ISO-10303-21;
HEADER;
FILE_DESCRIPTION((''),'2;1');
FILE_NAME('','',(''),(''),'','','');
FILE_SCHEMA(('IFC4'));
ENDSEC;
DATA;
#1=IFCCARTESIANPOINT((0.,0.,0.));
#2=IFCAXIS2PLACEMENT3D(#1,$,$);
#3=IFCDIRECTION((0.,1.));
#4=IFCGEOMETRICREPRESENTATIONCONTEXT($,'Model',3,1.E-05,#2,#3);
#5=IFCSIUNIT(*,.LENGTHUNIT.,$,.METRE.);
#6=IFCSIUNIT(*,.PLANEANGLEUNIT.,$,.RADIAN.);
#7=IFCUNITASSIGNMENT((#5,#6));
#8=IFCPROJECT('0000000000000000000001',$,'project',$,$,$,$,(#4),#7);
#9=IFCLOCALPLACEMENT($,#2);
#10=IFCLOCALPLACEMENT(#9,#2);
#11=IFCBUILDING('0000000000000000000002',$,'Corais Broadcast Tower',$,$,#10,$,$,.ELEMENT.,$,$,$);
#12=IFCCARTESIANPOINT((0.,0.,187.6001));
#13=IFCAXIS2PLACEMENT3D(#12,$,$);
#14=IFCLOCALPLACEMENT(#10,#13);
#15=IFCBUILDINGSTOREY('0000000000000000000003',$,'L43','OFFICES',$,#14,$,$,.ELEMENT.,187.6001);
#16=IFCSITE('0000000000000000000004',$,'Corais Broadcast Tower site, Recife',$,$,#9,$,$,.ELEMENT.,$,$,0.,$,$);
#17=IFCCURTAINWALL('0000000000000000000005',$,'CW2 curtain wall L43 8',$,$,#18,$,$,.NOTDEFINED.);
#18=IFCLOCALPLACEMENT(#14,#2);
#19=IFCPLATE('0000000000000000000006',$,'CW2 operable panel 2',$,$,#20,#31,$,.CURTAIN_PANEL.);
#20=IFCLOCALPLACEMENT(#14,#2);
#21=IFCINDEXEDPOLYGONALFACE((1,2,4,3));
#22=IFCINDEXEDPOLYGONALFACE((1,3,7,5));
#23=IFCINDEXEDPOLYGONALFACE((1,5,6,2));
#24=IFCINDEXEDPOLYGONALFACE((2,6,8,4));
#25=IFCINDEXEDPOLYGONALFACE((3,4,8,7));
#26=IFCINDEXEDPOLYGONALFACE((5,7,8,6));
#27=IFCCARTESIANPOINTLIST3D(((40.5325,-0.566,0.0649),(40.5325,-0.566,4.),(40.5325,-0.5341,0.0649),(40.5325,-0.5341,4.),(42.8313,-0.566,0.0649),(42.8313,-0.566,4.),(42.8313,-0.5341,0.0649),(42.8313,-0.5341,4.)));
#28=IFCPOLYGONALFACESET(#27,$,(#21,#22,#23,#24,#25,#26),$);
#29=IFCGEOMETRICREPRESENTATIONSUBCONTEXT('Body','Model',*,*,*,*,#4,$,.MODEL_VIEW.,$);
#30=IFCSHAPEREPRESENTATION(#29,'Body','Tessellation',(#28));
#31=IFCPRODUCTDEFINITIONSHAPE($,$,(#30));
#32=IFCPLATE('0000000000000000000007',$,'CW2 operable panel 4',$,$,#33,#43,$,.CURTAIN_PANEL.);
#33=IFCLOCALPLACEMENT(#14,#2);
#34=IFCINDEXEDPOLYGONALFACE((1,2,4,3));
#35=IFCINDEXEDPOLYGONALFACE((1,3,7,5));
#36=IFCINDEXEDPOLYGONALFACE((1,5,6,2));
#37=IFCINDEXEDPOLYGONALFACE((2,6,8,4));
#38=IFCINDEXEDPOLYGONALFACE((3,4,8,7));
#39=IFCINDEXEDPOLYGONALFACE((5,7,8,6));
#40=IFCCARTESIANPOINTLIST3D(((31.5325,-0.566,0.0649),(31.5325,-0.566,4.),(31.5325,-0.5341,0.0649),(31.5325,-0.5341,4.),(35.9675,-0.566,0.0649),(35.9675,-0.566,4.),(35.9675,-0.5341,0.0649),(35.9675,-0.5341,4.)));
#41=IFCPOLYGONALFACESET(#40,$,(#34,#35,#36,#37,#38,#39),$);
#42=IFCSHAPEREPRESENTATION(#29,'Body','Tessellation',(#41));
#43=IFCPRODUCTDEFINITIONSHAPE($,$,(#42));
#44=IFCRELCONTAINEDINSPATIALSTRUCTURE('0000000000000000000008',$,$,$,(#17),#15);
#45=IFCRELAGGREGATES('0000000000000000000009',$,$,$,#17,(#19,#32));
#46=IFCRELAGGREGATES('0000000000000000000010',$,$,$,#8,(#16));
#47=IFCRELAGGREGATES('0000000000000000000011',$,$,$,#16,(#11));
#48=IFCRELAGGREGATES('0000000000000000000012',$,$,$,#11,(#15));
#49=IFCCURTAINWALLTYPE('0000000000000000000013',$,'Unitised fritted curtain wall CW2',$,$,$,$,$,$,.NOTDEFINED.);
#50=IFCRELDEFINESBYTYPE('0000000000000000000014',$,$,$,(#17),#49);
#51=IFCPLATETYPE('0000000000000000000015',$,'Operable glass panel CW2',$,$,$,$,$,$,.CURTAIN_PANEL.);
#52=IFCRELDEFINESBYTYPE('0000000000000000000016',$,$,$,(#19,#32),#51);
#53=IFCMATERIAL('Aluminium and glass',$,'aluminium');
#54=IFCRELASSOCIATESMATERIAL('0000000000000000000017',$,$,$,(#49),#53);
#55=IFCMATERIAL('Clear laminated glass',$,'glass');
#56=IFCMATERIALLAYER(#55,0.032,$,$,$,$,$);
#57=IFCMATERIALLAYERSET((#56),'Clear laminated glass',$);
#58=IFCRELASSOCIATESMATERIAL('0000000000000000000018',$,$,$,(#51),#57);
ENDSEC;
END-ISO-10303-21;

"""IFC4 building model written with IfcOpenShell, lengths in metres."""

from ifc_helpers import new_model, si_unit, direction, frame, origin, origin_2d, place, context, subcontext, project, spatial, rectangle, extrude, material, layer, layer_set, type_object, element, aggregate, save


model = new_model("IFC4")

# Units and contexts
model_context = context("Model", 3, precision=1e-05, world=origin(), true_north=direction((0.0, 1.0)))
body_context = subcontext(model_context, "Body", "Model", "MODEL_VIEW")
ifc_project = project(units=[si_unit("LENGTHUNIT", "METRE"), si_unit("PLANEANGLEUNIT", "RADIAN")], contexts=[model_context])

# Site, building, storey
site_placement = place(None, origin())
site = spatial("IfcSite", under=ifc_project, at=site_placement, Name="Corais Broadcast Tower site, Recife", CompositionType="ELEMENT", RefElevation=0.0)
building_placement = place(site_placement, origin())
building = spatial("IfcBuilding", under=site, at=building_placement, Name="Corais Broadcast Tower", CompositionType="ELEMENT")
storey_placement = place(building_placement, frame((0.0, 0.0, 187.6001)))
storey = spatial("IfcBuildingStorey", under=building, at=storey_placement, Name="L43", Description="OFFICES", CompositionType="ELEMENT", Elevation=187.6001)

# Curtain wall
ifc_material_1 = material(Name="Aluminium and glass", Category="aluminium")
curtain_wall_type = type_object("IfcCurtainWallType", Name="Unitised fritted curtain wall CW2", PredefinedType="NOTDEFINED", material=ifc_material_1)
curtain_wall_placement = place(storey_placement, origin())
curtain_wall = element("IfcCurtainWall", 1, at=curtain_wall_placement, inside=storey, type_object=curtain_wall_type, Name="CW2 curtain wall L43 8", PredefinedType="NOTDEFINED")

# Plates
ifc_material_2 = material(Name="Clear laminated glass", Category="glass")
ifc_layer_1 = layer(ifc_material_2, 0.032)
ifc_layer_set_1 = layer_set([ifc_layer_1], Name="Clear laminated glass")
plate_type_1 = type_object("IfcPlateType", Name="Operable glass panel CW2", PredefinedType="CURTAIN_PANEL", material=ifc_layer_set_1)
plate_1_placement = place(storey_placement, frame((41.6819, -0.55, 0.0649), z_axis=(0.0, 0.0, 1.0), x_axis=(-1.0, 0.0, 0.0)))
plate_1 = element("IfcPlate", 2, at=plate_1_placement, type_object=plate_type_1, Name="CW2 operable panel 2", PredefinedType="CURTAIN_PANEL", context=body_context, shape_type="SweptSolid", body=[
    extrude(rectangle(XDim=2.2988, YDim=0.032, at=origin_2d()), origin(), (0.0, 0.0, 1.0), 3.9351),
])
plate_2_placement = place(storey_placement, frame((33.75, -0.55, 0.0649), z_axis=(0.0, 0.0, 1.0), x_axis=(-1.0, 0.0, 0.0)))
plate_2 = element("IfcPlate", 3, at=plate_2_placement, type_object=plate_type_1, Name="CW2 operable panel 4", PredefinedType="CURTAIN_PANEL", context=body_context, shape_type="SweptSolid", body=[
    extrude(rectangle(XDim=4.4351, YDim=0.032, at=origin_2d()), origin(), (0.0, 0.0, 1.0), 3.9351),
])
aggregate(curtain_wall, [plate_1, plate_2])

save(model, "model.ifc")
